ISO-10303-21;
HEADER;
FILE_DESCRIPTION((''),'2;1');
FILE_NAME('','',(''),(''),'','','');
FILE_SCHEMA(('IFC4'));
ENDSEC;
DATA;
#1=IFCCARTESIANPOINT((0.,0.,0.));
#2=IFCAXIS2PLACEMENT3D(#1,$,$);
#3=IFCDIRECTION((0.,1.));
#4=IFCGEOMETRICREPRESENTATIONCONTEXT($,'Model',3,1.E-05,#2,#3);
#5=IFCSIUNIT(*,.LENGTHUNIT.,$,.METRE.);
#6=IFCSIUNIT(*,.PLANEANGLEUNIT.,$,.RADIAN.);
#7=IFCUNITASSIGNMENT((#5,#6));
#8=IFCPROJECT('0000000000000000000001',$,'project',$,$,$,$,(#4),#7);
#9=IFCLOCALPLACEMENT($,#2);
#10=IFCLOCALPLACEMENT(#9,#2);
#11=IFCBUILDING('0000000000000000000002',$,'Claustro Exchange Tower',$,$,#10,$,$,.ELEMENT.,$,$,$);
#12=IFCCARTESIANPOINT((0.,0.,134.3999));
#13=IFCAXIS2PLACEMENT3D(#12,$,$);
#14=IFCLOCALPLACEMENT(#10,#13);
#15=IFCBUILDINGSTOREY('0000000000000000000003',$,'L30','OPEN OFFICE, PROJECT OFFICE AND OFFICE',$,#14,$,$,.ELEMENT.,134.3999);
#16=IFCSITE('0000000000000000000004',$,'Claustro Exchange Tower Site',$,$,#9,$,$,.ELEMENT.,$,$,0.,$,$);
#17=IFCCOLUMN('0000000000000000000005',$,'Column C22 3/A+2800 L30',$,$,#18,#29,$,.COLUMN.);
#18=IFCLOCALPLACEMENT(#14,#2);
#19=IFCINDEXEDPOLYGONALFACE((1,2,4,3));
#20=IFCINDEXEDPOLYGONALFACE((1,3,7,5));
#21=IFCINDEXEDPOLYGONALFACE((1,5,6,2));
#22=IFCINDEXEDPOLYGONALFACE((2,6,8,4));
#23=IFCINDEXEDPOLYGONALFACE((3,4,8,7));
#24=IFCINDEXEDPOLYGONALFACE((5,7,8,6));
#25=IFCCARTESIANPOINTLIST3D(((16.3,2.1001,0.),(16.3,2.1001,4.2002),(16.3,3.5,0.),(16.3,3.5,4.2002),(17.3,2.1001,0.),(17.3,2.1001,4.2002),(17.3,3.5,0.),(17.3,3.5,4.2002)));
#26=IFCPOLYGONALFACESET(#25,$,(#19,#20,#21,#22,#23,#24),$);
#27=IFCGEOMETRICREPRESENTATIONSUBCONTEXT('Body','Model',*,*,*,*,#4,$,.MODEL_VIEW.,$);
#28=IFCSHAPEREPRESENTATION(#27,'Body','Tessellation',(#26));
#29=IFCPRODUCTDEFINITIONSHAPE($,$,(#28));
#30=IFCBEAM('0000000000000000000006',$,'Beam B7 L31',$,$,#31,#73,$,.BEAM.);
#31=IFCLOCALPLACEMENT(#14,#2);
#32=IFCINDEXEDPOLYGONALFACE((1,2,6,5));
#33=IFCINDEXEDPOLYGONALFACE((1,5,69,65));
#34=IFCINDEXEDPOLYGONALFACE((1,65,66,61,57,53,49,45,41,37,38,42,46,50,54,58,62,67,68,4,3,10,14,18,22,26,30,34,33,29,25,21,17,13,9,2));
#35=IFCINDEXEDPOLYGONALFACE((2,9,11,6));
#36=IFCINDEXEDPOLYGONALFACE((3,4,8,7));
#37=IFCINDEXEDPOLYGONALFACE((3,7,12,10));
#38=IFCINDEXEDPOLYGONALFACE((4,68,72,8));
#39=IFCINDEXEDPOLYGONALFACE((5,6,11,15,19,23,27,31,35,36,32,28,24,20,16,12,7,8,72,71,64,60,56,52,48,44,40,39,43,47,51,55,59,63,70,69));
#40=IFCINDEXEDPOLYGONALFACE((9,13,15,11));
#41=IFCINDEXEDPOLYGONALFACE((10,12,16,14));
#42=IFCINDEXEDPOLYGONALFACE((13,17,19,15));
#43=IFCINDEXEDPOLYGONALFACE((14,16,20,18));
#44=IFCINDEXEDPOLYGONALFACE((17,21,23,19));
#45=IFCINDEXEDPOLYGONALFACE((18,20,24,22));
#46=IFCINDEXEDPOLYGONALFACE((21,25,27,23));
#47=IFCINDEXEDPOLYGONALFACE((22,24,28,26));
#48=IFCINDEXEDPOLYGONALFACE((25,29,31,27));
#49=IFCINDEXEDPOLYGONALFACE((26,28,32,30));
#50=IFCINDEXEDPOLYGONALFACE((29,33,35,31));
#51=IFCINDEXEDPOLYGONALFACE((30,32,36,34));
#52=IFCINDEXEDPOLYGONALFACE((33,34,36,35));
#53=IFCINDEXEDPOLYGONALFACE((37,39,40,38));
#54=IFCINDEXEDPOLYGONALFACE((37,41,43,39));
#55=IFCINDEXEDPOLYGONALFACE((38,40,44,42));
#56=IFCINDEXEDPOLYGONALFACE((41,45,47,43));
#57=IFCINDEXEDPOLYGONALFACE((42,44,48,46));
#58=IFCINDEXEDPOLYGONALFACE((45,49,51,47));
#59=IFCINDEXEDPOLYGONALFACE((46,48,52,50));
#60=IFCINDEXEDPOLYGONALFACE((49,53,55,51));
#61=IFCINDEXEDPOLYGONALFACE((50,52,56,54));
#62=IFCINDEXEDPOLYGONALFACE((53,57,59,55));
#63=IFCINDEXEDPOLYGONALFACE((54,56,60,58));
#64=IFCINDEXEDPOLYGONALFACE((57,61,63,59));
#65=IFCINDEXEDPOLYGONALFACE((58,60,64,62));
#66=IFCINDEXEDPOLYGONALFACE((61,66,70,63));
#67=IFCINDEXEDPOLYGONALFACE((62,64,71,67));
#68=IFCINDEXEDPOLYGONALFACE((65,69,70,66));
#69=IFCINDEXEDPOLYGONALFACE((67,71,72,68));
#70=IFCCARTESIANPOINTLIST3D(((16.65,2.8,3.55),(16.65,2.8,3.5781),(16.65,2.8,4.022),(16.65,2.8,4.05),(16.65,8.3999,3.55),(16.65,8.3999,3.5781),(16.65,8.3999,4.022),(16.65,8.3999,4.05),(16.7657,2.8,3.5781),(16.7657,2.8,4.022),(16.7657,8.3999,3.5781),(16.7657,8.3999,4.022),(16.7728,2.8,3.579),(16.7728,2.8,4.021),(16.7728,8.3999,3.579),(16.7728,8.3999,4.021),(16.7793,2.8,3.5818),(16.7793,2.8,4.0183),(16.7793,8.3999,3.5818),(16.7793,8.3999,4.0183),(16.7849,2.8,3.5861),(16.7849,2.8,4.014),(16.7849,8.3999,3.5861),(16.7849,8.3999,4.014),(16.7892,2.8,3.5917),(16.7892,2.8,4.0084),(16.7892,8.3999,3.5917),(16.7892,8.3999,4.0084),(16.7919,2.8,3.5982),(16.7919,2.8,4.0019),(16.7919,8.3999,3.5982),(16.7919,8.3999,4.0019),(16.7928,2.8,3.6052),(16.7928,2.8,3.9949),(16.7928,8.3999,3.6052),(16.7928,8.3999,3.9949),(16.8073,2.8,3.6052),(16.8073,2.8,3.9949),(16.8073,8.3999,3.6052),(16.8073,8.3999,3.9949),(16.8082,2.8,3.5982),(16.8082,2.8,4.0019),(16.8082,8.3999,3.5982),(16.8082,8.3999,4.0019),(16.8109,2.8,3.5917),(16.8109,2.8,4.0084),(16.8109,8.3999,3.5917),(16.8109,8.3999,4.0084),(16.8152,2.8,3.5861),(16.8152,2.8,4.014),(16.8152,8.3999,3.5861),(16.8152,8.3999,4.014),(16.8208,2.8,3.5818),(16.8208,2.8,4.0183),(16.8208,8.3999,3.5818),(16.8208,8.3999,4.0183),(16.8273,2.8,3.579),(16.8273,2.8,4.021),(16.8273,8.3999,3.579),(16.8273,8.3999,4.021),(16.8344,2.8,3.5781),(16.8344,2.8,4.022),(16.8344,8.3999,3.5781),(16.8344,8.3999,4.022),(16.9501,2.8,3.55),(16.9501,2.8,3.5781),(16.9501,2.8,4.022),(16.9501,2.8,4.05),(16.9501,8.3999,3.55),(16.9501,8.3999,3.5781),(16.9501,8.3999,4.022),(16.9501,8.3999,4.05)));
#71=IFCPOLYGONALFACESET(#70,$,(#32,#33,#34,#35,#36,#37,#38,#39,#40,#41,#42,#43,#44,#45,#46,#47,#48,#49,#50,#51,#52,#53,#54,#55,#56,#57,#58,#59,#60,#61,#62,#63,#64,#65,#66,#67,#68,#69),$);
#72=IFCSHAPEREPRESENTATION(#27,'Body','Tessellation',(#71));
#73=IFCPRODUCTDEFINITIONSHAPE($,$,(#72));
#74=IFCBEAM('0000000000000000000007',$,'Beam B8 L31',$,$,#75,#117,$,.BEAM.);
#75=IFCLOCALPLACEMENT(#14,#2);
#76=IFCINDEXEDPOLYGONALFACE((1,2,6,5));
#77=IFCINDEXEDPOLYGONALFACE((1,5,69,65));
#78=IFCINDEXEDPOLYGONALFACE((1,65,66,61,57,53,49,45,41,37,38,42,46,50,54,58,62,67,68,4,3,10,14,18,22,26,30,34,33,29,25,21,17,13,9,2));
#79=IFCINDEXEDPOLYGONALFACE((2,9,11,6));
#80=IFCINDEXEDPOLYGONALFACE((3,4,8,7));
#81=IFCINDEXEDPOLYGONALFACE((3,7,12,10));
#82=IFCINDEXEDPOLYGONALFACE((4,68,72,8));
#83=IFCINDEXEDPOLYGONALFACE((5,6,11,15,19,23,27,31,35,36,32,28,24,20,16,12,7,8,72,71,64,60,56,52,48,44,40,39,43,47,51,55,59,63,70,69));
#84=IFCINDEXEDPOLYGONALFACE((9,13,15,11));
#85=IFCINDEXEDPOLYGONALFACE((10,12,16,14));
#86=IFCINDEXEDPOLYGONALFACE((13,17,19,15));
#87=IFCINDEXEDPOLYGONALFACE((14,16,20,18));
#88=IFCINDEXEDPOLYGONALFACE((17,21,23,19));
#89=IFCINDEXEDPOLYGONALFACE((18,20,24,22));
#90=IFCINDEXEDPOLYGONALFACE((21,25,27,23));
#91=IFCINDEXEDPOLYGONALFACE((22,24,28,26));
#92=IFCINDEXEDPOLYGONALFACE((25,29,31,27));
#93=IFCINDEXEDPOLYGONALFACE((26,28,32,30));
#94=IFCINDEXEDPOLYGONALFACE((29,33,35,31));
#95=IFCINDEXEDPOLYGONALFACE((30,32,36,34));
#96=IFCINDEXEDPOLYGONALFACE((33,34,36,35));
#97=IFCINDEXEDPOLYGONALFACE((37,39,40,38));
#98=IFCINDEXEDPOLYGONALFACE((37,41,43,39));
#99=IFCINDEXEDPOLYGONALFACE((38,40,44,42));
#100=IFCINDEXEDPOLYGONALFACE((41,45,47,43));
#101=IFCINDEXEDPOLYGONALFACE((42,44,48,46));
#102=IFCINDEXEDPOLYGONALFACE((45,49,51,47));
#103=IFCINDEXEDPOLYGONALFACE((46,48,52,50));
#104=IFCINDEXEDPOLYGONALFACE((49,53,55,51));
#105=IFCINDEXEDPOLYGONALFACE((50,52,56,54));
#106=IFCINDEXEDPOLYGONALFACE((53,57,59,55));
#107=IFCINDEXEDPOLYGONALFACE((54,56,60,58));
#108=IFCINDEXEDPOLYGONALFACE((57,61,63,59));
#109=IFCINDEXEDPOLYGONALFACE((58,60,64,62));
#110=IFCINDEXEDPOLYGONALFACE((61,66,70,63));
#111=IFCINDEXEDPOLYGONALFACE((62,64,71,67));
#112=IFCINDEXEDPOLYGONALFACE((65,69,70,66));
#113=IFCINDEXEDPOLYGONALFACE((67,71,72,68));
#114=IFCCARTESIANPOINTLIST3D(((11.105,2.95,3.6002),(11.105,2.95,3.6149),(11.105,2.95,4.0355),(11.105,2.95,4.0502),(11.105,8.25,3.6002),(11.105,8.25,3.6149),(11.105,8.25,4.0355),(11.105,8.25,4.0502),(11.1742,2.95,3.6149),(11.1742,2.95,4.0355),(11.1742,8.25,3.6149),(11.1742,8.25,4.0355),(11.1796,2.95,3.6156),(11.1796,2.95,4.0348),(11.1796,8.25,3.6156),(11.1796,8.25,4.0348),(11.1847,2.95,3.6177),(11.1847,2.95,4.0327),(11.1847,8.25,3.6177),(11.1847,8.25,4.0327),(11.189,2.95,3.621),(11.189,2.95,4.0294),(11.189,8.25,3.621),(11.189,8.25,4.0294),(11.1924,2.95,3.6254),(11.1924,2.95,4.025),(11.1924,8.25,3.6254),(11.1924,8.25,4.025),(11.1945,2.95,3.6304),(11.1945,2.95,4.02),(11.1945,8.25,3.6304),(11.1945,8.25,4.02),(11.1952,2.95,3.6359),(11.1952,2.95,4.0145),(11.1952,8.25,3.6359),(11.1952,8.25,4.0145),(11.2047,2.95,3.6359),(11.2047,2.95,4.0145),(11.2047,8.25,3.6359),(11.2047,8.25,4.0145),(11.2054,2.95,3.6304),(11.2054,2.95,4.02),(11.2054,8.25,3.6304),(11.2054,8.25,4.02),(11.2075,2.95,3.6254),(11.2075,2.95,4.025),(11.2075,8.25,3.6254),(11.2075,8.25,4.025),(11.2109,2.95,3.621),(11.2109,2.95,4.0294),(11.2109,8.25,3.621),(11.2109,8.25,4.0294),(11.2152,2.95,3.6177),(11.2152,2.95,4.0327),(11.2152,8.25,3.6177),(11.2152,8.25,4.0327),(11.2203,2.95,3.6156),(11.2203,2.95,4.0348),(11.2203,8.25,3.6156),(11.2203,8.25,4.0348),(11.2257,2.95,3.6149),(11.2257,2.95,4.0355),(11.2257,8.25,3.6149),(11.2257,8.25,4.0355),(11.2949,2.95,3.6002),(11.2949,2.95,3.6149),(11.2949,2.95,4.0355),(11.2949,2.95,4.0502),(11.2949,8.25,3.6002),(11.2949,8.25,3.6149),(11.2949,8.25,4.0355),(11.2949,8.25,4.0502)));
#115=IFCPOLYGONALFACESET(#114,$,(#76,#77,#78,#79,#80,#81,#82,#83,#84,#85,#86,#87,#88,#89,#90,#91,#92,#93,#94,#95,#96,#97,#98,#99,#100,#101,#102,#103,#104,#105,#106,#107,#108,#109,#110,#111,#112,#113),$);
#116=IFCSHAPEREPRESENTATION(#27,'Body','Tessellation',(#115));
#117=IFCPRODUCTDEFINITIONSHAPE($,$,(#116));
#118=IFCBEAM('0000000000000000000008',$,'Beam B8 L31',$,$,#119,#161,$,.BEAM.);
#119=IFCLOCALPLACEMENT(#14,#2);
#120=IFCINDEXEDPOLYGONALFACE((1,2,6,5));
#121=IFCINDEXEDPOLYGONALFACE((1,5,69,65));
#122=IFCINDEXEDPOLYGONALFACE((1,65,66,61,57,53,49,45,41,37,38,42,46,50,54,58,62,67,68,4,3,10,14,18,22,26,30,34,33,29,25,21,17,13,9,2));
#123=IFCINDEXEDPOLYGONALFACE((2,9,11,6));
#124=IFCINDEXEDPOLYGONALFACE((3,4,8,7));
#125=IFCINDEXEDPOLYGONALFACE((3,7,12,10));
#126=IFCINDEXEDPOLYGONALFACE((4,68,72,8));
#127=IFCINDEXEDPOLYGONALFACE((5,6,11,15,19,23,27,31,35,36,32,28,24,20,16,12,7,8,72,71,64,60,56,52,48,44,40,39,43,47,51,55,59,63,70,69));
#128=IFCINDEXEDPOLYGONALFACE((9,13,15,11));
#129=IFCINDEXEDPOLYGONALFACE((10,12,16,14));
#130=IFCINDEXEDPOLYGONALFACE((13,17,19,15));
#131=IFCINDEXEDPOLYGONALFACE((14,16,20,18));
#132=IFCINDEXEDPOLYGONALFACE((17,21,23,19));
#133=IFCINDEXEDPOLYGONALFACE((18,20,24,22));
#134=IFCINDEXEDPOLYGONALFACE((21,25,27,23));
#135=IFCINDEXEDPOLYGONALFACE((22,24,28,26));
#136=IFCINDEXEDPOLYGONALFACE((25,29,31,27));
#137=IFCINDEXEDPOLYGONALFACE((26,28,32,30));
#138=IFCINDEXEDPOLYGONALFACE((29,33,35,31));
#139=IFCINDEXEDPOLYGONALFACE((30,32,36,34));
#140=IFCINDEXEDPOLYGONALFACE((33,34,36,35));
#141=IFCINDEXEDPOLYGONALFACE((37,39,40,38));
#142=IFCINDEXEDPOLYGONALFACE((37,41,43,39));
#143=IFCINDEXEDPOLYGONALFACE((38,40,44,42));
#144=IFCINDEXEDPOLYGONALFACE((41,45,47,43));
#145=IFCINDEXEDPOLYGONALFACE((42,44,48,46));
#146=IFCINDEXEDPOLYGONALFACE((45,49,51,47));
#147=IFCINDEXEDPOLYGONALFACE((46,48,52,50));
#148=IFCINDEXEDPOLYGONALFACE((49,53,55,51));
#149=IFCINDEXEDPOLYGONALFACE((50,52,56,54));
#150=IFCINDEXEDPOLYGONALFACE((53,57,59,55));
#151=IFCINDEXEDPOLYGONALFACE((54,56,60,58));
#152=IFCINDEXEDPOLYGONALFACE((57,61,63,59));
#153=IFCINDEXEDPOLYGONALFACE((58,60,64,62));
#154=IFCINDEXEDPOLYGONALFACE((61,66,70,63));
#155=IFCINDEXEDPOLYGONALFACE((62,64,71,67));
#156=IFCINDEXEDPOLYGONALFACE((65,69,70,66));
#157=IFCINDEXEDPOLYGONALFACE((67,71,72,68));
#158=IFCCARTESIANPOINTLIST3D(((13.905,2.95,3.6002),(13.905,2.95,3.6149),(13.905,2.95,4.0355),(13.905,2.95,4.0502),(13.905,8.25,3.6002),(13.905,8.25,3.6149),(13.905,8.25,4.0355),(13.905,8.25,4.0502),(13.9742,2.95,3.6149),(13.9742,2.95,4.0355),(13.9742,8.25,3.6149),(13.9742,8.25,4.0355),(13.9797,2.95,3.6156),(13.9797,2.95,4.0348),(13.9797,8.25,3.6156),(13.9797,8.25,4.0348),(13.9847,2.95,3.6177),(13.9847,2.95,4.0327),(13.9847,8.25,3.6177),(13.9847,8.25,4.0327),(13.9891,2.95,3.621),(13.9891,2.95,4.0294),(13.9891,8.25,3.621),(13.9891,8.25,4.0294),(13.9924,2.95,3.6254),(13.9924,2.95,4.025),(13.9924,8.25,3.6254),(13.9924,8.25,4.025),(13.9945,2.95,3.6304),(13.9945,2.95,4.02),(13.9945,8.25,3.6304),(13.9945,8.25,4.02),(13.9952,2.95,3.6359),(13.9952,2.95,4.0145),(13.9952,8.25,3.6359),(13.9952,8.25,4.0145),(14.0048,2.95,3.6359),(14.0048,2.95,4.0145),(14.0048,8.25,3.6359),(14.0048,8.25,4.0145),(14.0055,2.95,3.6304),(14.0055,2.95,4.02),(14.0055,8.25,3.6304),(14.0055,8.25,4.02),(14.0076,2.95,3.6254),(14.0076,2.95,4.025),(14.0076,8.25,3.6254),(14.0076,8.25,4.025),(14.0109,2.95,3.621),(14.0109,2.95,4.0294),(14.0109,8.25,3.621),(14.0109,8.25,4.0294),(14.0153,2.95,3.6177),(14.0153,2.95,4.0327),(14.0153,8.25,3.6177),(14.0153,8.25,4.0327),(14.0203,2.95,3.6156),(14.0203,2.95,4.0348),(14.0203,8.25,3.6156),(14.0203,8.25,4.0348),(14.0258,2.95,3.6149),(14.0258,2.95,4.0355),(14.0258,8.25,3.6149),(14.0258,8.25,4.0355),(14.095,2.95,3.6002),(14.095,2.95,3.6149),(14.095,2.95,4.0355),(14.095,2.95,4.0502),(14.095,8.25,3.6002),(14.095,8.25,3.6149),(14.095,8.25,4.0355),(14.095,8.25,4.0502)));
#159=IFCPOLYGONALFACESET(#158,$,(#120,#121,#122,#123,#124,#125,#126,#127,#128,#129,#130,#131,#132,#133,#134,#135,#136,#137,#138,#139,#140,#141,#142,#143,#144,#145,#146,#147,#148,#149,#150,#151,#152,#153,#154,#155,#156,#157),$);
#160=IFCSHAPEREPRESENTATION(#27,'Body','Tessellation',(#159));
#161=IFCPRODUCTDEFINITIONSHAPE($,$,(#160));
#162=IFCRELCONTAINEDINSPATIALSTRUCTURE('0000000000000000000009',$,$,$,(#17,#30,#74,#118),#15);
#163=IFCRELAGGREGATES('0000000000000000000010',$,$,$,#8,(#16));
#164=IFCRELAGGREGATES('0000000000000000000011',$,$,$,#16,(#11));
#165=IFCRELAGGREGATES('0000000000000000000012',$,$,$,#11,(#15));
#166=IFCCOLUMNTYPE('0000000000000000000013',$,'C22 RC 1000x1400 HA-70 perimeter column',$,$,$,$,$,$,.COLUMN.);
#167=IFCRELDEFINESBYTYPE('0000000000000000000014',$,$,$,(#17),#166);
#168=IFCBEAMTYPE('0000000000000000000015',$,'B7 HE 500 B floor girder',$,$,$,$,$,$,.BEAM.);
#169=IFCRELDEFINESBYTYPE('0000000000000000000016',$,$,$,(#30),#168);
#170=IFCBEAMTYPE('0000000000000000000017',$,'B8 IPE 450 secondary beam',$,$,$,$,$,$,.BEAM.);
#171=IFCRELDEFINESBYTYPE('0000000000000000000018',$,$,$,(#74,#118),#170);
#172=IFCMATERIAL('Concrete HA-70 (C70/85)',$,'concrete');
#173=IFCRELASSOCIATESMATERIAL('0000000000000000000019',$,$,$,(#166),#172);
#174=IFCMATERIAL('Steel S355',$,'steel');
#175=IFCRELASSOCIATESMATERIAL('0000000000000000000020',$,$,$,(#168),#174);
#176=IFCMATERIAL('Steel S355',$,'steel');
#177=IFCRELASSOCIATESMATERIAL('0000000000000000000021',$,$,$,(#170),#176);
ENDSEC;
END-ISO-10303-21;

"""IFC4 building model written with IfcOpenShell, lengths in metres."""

from ifc_helpers import new_model, si_unit, direction, frame, origin, origin_2d, place, context, subcontext, project, spatial, rectangle, i_section, extrude, material, material_profile, profile_set, type_object, element, save


model = new_model("IFC4")

# Units and contexts
model_context = context("Model", 3, precision=1e-05, world=origin(), true_north=direction((0.0, 1.0)))
body_context = subcontext(model_context, "Body", "Model", "MODEL_VIEW")
ifc_project = project(units=[si_unit("LENGTHUNIT", "METRE"), si_unit("PLANEANGLEUNIT", "RADIAN")], contexts=[model_context])

# Site, building, storey
site_placement = place(None, origin())
site = spatial("IfcSite", under=ifc_project, at=site_placement, Name="Claustro Exchange Tower Site", CompositionType="ELEMENT", RefElevation=0.0)
building_placement = place(site_placement, origin())
building = spatial("IfcBuilding", under=site, at=building_placement, Name="Claustro Exchange Tower", CompositionType="ELEMENT")
storey_placement = place(building_placement, frame((0.0, 0.0, 134.3999)))
storey = spatial("IfcBuildingStorey", under=building, at=storey_placement, Name="L30", Description="OPEN OFFICE, PROJECT OFFICE AND OFFICE", CompositionType="ELEMENT", Elevation=134.3999)

# Column
ifc_material_1 = material(Name="Concrete HA-70 (C70/85)", Category="concrete")
ifc_material_profile_1 = material_profile(ifc_material_1, rectangle(XDim=1.0, YDim=1.3999, at=origin_2d()), Name="RC 1000x1400")
ifc_profile_set_1 = profile_set([ifc_material_profile_1], Name="Concrete HA-70 (C70/85)")
column_type = type_object("IfcColumnType", Name="C22 RC 1000x1400 HA-70 perimeter column", PredefinedType="COLUMN", material=ifc_profile_set_1)
column_placement = place(storey_placement, frame((16.8, 2.8, 0.0), z_axis=(0.0, 0.0, 1.0), x_axis=(1.0, 0.0, 0.0)))
element("IfcColumn", 1, at=column_placement, inside=storey, type_object=column_type, Name="Column C22 3/A+2800 L30", PredefinedType="COLUMN", context=body_context, shape_type="SweptSolid", body=[
    extrude(rectangle(XDim=1.0, YDim=1.3999, at=origin_2d()), origin(), (0.0, 0.0, 1.0), 4.2002),
])

# Beams
ifc_material_2 = material(Name="Steel S355", Category="steel")
ifc_material_profile_2 = material_profile(ifc_material_2, i_section(OverallWidth=0.3, OverallDepth=0.5, WebThickness=0.0144, FlangeThickness=0.0281, FilletRadius=0.0271, at=origin_2d()), Name="HE 500 B")
ifc_profile_set_2 = profile_set([ifc_material_profile_2], Name="Steel S355")
beam_type_1 = type_object("IfcBeamType", Name="B7 HE 500 B floor girder", PredefinedType="BEAM", material=ifc_profile_set_2)
beam_1_placement = place(storey_placement, frame((16.8, 2.8, 3.8), z_axis=(0.0, 1.0, 0.0), x_axis=(-1.0, 0.0, 0.0)))
element("IfcBeam", 2, at=beam_1_placement, inside=storey, type_object=beam_type_1, Name="Beam B7 L31", PredefinedType="BEAM", context=body_context, shape_type="SweptSolid", body=[
    extrude(i_section(OverallWidth=0.3, OverallDepth=0.5, WebThickness=0.0144, FlangeThickness=0.0281, FilletRadius=0.0271, at=origin_2d()), origin(), (0.0, 0.0, 1.0), 5.5999),
])
ifc_material_3 = material(Name="Steel S355", Category="steel")
ifc_material_profile_3 = material_profile(ifc_material_3, i_section(OverallWidth=0.1899, OverallDepth=0.45, WebThickness=0.0095, FlangeThickness=0.0146, FilletRadius=0.021, at=origin_2d()), Name="IPE 450")
ifc_profile_set_3 = profile_set([ifc_material_profile_3], Name="Steel S355")
beam_type_2 = type_object("IfcBeamType", Name="B8 IPE 450 secondary beam", PredefinedType="BEAM", material=ifc_profile_set_3)
for number, where, z_axis, x_axis, name in (
    (3, (11.2, 2.95, 3.8252), (0.0, 1.0, 0.0), (-1.0, 0.0, 0.0), "Beam B8 L31"),
    (4, (14.0, 2.95, 3.8252), (0.0, 1.0, 0.0), (-1.0, 0.0, 0.0), "Beam B8 L31"),
):
    element("IfcBeam", number, at=place(storey_placement, frame(where, z_axis=z_axis, x_axis=x_axis)), inside=storey, type_object=beam_type_2, Name=name, PredefinedType="BEAM", context=body_context, shape_type="SweptSolid", body=[
        extrude(i_section(OverallWidth=0.1899, OverallDepth=0.45, WebThickness=0.0095, FlangeThickness=0.0146, FilletRadius=0.021, at=origin_2d()), origin(), (0.0, 0.0, 1.0), 5.3),
    ])

save(model, "model.ifc")
